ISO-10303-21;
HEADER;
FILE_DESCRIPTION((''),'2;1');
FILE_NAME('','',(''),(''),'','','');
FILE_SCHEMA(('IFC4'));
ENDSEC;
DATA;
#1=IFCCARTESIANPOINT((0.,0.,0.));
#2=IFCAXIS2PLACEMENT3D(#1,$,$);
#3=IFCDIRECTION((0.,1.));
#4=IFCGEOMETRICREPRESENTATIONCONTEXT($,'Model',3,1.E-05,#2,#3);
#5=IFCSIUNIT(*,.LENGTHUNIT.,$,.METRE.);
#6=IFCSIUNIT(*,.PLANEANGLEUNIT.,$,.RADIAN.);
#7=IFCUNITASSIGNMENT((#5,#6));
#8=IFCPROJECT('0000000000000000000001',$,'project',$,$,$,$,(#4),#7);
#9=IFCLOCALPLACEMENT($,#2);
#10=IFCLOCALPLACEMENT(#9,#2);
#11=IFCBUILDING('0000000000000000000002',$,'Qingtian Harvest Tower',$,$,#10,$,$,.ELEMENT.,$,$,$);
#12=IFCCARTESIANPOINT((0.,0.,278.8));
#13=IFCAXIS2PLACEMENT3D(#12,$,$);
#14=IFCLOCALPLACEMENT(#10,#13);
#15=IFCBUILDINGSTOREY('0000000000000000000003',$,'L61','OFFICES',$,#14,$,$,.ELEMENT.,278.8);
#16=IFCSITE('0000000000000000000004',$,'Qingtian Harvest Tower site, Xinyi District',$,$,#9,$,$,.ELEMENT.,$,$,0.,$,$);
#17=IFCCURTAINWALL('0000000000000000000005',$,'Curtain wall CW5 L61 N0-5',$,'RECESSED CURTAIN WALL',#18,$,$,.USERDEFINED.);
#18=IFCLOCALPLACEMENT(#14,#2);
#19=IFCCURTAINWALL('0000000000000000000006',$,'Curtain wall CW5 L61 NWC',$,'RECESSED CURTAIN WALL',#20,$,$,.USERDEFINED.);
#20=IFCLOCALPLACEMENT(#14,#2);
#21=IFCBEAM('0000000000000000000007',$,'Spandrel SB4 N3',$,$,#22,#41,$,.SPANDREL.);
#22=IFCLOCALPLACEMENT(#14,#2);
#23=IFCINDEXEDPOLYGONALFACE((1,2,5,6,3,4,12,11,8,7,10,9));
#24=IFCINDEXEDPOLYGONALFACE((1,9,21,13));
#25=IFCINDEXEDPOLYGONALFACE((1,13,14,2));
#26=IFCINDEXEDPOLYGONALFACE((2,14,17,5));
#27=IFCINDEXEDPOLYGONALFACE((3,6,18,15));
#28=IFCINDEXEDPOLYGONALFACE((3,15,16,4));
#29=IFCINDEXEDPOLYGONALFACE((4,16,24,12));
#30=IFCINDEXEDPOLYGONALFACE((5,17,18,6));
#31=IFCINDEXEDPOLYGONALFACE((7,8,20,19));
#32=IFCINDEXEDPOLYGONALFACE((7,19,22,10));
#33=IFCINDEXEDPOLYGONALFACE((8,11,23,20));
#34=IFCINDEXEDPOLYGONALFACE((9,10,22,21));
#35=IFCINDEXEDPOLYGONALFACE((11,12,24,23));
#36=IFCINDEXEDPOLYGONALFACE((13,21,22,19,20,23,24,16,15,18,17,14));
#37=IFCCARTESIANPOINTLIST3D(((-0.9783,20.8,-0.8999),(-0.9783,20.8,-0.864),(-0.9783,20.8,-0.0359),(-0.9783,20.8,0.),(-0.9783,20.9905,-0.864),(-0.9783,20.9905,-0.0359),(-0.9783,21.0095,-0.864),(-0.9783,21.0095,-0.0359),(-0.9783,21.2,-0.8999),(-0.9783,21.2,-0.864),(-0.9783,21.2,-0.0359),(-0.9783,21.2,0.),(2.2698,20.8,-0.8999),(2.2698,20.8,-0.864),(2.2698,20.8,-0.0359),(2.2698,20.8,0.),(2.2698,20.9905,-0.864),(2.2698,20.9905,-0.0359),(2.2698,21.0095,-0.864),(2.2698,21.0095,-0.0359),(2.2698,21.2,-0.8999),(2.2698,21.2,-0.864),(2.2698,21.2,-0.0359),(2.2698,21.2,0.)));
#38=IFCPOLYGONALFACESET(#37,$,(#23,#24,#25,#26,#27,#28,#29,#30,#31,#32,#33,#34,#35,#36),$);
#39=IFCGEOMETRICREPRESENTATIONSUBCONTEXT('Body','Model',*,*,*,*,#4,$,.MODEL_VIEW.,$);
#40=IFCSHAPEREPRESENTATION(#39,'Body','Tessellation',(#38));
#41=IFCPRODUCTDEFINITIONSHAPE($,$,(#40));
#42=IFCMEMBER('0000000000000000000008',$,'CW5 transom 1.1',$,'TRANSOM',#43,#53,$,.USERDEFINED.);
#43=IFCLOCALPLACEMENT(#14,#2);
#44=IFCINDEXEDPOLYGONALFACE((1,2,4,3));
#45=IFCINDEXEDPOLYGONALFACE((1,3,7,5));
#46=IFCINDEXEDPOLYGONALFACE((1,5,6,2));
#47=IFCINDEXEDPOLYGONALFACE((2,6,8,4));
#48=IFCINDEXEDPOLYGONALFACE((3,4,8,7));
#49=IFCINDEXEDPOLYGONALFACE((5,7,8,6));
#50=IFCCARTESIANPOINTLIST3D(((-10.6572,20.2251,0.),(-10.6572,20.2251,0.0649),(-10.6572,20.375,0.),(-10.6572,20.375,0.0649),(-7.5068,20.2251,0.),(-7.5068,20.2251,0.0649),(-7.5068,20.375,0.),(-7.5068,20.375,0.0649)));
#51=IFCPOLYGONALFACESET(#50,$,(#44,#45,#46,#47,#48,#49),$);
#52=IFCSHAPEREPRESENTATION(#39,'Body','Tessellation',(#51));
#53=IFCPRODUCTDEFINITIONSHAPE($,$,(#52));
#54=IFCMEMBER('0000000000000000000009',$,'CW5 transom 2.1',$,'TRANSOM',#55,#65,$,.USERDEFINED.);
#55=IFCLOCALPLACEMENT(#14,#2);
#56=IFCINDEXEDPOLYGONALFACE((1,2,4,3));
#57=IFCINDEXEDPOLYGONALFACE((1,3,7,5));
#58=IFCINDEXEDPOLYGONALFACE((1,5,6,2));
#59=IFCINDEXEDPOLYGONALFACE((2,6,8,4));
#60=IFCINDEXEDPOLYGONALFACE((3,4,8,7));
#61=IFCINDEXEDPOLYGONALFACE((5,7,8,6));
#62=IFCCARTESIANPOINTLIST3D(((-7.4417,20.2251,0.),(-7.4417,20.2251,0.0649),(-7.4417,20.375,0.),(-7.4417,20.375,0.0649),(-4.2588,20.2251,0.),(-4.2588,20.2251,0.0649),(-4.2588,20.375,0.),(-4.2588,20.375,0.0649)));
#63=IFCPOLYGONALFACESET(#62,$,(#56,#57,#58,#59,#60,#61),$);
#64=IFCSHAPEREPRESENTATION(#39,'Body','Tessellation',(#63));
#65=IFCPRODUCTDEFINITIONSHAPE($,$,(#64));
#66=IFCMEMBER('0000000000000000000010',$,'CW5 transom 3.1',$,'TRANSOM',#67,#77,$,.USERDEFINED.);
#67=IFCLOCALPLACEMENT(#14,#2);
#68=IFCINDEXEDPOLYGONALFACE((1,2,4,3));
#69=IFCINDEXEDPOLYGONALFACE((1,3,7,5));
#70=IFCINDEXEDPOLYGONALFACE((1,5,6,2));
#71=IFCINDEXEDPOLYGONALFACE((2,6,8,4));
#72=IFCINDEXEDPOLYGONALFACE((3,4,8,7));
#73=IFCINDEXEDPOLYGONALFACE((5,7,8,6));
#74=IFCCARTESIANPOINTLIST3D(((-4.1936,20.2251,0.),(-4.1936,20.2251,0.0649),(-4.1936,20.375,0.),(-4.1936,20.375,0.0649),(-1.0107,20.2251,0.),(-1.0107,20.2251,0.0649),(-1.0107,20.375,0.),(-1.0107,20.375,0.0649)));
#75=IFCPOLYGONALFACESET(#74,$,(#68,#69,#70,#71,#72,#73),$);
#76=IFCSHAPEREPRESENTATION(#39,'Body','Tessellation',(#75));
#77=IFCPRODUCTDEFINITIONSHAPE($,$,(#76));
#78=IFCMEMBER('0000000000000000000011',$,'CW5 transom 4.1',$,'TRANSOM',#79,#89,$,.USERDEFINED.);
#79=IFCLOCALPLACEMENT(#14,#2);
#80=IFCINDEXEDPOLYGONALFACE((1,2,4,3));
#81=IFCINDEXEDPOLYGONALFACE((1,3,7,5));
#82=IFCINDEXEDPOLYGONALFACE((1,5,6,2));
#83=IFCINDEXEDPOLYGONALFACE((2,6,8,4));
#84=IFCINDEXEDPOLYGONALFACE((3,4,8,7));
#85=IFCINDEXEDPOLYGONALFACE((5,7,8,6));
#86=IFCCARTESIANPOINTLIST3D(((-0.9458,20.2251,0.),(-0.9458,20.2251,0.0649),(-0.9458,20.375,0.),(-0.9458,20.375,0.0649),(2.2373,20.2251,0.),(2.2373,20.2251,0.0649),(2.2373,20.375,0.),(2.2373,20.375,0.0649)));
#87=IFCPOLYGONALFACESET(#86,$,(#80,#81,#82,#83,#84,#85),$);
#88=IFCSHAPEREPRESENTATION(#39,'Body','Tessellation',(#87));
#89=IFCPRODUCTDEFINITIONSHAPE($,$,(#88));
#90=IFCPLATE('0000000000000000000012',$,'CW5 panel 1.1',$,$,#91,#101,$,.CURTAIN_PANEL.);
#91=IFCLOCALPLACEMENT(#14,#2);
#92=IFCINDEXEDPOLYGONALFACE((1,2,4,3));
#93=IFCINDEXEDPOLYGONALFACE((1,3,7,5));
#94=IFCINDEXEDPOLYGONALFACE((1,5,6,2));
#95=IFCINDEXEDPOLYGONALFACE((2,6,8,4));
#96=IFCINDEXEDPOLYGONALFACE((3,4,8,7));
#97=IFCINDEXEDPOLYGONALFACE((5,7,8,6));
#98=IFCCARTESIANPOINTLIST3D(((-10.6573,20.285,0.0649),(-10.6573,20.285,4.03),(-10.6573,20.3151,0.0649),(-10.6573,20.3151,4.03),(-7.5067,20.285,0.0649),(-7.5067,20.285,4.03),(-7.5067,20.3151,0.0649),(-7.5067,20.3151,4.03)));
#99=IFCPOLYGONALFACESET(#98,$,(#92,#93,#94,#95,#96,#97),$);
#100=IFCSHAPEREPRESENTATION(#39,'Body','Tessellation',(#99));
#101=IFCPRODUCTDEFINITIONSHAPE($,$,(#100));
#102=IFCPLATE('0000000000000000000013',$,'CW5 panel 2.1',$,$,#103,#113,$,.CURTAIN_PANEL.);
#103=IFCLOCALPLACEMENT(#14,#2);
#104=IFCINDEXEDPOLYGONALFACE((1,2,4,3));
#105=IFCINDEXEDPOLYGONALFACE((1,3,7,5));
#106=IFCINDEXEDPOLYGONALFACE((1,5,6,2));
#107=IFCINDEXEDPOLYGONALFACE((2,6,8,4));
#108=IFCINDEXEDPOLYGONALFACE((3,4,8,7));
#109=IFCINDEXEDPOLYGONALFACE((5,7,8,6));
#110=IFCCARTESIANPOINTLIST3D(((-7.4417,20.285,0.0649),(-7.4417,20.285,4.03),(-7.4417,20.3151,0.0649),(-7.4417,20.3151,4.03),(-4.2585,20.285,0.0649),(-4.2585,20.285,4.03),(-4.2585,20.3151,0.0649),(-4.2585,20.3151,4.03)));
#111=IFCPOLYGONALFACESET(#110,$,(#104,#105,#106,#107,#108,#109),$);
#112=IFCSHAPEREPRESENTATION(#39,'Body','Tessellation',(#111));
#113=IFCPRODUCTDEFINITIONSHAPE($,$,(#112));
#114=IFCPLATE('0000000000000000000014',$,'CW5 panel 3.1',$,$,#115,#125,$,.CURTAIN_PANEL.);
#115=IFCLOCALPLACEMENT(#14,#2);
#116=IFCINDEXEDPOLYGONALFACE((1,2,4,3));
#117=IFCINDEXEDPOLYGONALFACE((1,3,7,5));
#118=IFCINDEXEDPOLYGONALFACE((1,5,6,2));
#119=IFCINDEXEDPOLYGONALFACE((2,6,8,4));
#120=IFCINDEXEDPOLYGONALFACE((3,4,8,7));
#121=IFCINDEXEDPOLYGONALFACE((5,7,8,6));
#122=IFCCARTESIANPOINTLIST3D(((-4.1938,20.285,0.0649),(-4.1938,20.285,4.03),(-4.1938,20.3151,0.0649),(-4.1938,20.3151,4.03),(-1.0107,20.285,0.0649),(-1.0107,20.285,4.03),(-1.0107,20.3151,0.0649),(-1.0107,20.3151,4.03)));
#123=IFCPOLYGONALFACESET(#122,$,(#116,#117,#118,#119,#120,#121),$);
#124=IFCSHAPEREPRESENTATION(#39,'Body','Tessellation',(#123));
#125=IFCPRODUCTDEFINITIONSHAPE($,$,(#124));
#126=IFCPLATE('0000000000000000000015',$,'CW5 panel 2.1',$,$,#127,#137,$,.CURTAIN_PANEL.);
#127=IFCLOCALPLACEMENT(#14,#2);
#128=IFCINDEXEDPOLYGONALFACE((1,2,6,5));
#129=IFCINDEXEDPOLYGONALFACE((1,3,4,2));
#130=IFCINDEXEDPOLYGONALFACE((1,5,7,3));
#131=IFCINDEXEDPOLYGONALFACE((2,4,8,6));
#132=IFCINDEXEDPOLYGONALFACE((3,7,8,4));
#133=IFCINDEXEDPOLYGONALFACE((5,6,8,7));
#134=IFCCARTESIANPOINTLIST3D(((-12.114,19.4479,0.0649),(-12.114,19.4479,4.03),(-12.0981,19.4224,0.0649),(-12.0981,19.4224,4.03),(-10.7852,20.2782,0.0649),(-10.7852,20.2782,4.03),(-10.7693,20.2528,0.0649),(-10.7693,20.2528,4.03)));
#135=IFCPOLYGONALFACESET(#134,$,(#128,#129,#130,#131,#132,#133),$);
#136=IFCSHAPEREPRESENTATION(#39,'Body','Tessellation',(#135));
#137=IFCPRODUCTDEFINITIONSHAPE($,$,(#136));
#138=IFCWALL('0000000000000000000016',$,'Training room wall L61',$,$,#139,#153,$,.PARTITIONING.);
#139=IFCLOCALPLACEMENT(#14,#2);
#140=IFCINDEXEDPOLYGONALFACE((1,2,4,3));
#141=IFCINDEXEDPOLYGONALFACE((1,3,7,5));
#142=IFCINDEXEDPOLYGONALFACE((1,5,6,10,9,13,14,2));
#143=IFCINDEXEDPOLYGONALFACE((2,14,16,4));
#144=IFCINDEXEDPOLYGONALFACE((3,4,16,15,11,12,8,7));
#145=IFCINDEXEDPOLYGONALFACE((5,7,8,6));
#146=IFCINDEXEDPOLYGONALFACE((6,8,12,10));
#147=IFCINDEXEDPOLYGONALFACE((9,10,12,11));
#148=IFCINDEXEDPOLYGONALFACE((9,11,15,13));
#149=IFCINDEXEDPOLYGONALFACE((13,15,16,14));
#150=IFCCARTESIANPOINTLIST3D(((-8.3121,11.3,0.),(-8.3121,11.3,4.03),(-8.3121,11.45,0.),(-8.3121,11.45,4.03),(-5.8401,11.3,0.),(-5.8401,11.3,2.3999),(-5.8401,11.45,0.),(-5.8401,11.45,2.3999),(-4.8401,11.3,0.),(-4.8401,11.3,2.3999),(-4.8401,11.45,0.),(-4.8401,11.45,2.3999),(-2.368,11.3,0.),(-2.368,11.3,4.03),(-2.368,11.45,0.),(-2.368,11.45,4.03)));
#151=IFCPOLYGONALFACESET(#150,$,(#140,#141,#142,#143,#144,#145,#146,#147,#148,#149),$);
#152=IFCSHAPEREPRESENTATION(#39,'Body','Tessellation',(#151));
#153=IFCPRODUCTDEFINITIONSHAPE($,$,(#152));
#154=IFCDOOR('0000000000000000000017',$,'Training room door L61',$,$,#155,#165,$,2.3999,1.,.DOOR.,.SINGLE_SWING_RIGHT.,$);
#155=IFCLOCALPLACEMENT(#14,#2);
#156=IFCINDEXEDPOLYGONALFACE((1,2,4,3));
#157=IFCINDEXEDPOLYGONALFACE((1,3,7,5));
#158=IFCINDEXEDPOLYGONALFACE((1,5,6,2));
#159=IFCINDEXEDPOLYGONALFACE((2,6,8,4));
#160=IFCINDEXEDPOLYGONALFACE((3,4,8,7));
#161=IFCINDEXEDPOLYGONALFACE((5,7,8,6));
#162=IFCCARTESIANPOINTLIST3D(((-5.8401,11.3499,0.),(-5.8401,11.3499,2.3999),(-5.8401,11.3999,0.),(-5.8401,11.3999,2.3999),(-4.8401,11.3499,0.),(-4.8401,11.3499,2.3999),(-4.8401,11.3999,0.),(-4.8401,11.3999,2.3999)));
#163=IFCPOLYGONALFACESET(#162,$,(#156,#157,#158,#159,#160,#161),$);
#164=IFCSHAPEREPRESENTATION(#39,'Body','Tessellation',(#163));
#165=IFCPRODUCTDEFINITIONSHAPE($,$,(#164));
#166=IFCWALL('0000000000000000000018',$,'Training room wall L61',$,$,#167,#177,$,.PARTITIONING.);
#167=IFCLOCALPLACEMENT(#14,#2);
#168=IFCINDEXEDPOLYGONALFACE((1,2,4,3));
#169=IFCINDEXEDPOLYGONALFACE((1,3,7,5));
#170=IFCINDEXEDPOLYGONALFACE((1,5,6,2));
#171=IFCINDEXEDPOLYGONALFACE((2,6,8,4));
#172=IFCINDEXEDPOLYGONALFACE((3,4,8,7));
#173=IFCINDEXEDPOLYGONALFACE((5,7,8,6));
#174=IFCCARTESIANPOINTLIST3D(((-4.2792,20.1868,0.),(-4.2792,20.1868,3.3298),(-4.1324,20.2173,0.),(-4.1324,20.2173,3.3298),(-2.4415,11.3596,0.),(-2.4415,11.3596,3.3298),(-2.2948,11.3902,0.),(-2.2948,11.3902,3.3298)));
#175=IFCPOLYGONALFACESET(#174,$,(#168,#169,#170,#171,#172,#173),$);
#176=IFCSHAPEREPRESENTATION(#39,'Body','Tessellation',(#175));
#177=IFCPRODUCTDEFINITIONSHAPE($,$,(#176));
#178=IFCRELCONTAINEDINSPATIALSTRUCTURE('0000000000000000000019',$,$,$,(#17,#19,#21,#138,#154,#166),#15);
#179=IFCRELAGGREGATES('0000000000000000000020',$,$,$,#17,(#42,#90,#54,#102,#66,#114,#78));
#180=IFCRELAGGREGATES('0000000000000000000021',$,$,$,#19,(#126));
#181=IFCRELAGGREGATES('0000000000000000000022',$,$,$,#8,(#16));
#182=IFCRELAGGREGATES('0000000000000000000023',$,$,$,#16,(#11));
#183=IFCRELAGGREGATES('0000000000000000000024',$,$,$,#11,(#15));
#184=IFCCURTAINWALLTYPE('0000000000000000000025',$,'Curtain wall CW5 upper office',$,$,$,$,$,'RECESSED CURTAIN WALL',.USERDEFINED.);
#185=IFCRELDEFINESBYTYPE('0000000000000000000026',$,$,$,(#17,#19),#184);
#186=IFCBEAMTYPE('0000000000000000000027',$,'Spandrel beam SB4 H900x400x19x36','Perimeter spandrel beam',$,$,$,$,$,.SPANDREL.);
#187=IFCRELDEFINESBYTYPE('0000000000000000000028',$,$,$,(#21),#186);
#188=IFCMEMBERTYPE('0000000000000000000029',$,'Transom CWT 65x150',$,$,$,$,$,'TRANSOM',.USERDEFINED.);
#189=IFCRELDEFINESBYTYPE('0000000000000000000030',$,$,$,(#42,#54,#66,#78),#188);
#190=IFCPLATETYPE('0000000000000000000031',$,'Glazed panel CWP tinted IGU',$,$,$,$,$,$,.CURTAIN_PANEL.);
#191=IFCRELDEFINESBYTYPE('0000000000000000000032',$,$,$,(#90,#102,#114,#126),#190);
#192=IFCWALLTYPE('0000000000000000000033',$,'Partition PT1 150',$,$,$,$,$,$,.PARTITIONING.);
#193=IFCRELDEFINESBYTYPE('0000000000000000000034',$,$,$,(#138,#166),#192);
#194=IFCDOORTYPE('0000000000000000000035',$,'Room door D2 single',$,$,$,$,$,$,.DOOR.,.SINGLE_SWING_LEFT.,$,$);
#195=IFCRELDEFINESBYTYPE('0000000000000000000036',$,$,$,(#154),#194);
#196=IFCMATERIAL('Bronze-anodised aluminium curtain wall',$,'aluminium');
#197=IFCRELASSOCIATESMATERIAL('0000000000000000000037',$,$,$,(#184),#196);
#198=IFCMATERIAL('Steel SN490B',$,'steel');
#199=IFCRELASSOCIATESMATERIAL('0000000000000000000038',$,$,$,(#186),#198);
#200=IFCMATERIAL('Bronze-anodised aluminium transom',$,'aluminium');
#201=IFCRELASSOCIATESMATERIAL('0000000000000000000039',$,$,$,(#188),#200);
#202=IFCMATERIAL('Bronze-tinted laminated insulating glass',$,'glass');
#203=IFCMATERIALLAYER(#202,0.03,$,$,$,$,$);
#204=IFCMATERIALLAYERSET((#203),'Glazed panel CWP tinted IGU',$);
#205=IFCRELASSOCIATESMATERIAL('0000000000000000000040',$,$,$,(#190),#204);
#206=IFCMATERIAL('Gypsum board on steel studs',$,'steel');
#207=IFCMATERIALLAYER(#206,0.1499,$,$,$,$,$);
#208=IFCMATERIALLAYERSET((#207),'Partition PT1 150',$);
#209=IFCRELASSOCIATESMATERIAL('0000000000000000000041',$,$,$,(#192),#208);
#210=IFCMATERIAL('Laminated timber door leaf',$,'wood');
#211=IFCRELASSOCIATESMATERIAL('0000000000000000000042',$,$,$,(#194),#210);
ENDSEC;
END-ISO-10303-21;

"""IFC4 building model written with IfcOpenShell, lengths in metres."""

from ifc_helpers import new_model, si_unit, direction, frame, frame_2d, origin, origin_2d, place, context, subcontext, project, spatial, rectangle, i_section, extrude, material, layer, layer_set, material_profile, profile_set, type_object, element, fill, aggregate, save


model = new_model("IFC4")

# Units and contexts
model_context = context("Model", 3, precision=1e-05, world=origin(), true_north=direction((0.0, 1.0)))
body_context = subcontext(model_context, "Body", "Model", "MODEL_VIEW")
ifc_project = project(units=[si_unit("LENGTHUNIT", "METRE"), si_unit("PLANEANGLEUNIT", "RADIAN")], contexts=[model_context])

# Site, building, storey
site_placement = place(None, origin())
site = spatial("IfcSite", under=ifc_project, at=site_placement, Name="Qingtian Harvest Tower site, Xinyi District", CompositionType="ELEMENT", RefElevation=0.0)
building_placement = place(site_placement, origin())
building = spatial("IfcBuilding", under=site, at=building_placement, Name="Qingtian Harvest Tower", CompositionType="ELEMENT")
storey_placement = place(building_placement, frame((0.0, 0.0, 278.8)))
storey = spatial("IfcBuildingStorey", under=building, at=storey_placement, Name="L61", Description="OFFICES", CompositionType="ELEMENT", Elevation=278.8)

# Curtain wall
ifc_material_1 = material(Name="Bronze-anodised aluminium curtain wall", Category="aluminium")
curtain_wall_type = type_object("IfcCurtainWallType", Name="Curtain wall CW5 upper office", ElementType="RECESSED CURTAIN WALL", PredefinedType="USERDEFINED", material=ifc_material_1)
curtain_wall_1_placement = place(storey_placement, origin())
curtain_wall_1 = element("IfcCurtainWall", 1, at=curtain_wall_1_placement, inside=storey, type_object=curtain_wall_type, Name="Curtain wall CW5 L61 N0-5", ObjectType="RECESSED CURTAIN WALL", PredefinedType="USERDEFINED")

# Curtain wall
curtain_wall_2_placement = place(storey_placement, origin())
curtain_wall_2 = element("IfcCurtainWall", 2, at=curtain_wall_2_placement, inside=storey, type_object=curtain_wall_type, Name="Curtain wall CW5 L61 NWC", ObjectType="RECESSED CURTAIN WALL", PredefinedType="USERDEFINED")

# Beam
ifc_material_2 = material(Name="Steel SN490B", Category="steel")
ifc_material_profile_1 = material_profile(ifc_material_2, i_section(OverallWidth=0.3999, OverallDepth=0.8999, WebThickness=0.019, FlangeThickness=0.0359, at=origin_2d()), Name="H900x400x19x36")
ifc_profile_set_1 = profile_set([ifc_material_profile_1], Name="Steel SN490B")
beam_type_1 = type_object("IfcBeamType", Name="Spandrel beam SB4 H900x400x19x36", Description="Perimeter spandrel beam", PredefinedType="SPANDREL", material=ifc_profile_set_1)
for number, where, z_axis, x_axis, name in (
    (3, (-0.9783, 21.0, -0.45), (1.0, 0.0, 0.0), (0.0, 1.0, 0.0), "Spandrel SB4 N3"),
):
    element("IfcBeam", number, at=place(storey_placement, frame(where, z_axis=z_axis, x_axis=x_axis)), inside=storey, type_object=beam_type_1, Name=name, PredefinedType="SPANDREL", context=body_context, shape_type="SweptSolid", body=[
        extrude(i_section(OverallWidth=0.3999, OverallDepth=0.8999, WebThickness=0.019, FlangeThickness=0.0359, at=origin_2d()), origin(), (0.0, 0.0, 1.0), 3.248),
    ])

# Members
ifc_material_3 = material(Name="Bronze-anodised aluminium transom", Category="aluminium")
ifc_material_profile_2 = material_profile(ifc_material_3, rectangle(XDim=0.1499, YDim=0.0649, at=origin_2d()), Name="AL 65x150")
ifc_profile_set_2 = profile_set([ifc_material_profile_2], Name="Bronze-anodised aluminium transom")
member_type_1 = type_object("IfcMemberType", Name="Transom CWT 65x150", ElementType="TRANSOM", PredefinedType="USERDEFINED", material=ifc_profile_set_2)
member_1_placement = place(storey_placement, frame((-10.6572, 20.3, 0.0325), z_axis=(1.0, 0.0, 0.0), x_axis=(0.0, 1.0, 0.0)))
member_1 = element("IfcMember", 4, at=member_1_placement, type_object=member_type_1, Name="CW5 transom 1.1", ObjectType="TRANSOM", PredefinedType="USERDEFINED", context=body_context, shape_type="SweptSolid", body=[
    extrude(rectangle(XDim=0.1499, YDim=0.0649, at=origin_2d()), origin(), (0.0, 0.0, 1.0), 3.1504),
])
member_2_placement = place(storey_placement, frame((-7.4417, 20.3, 0.0325), z_axis=(1.0, 0.0, 0.0), x_axis=(0.0, 1.0, 0.0)))
member_2 = element("IfcMember", 5, at=member_2_placement, type_object=member_type_1, Name="CW5 transom 2.1", ObjectType="TRANSOM", PredefinedType="USERDEFINED", context=body_context, shape_type="SweptSolid", body=[
    extrude(rectangle(XDim=0.1499, YDim=0.0649, at=origin_2d()), origin(), (0.0, 0.0, 1.0), 3.1829),
])
member_3_placement = place(storey_placement, frame((-4.1936, 20.3, 0.0325), z_axis=(1.0, 0.0, 0.0), x_axis=(0.0, 1.0, 0.0)))
member_3 = element("IfcMember", 6, at=member_3_placement, type_object=member_type_1, Name="CW5 transom 3.1", ObjectType="TRANSOM", PredefinedType="USERDEFINED", context=body_context, shape_type="SweptSolid", body=[
    extrude(rectangle(XDim=0.1499, YDim=0.0649, at=origin_2d()), origin(), (0.0, 0.0, 1.0), 3.1829),
])
member_4_placement = place(storey_placement, frame((-0.9458, 20.3, 0.0325), z_axis=(1.0, 0.0, 0.0), x_axis=(0.0, 1.0, 0.0)))
member_4 = element("IfcMember", 7, at=member_4_placement, type_object=member_type_1, Name="CW5 transom 4.1", ObjectType="TRANSOM", PredefinedType="USERDEFINED", context=body_context, shape_type="SweptSolid", body=[
    extrude(rectangle(XDim=0.1499, YDim=0.0649, at=origin_2d()), origin(), (0.0, 0.0, 1.0), 3.1831),
])

# Plates
ifc_material_4 = material(Name="Bronze-tinted laminated insulating glass", Category="glass")
ifc_layer_1 = layer(ifc_material_4, 0.03)
ifc_layer_set_1 = layer_set([ifc_layer_1], Name="Glazed panel CWP tinted IGU")
plate_type = type_object("IfcPlateType", Name="Glazed panel CWP tinted IGU", PredefinedType="CURTAIN_PANEL", material=ifc_layer_set_1)
plate_1_placement = place(storey_placement, frame((-9.082, 20.3, 0.0649), z_axis=(0.0, 0.0, 1.0), x_axis=(1.0, 0.0, 0.0)))
plate_1 = element("IfcPlate", 8, at=plate_1_placement, type_object=plate_type, Name="CW5 panel 1.1", PredefinedType="CURTAIN_PANEL", context=body_context, shape_type="SweptSolid", body=[
    extrude(rectangle(XDim=3.1506, YDim=0.03, at=origin_2d()), origin(), (0.0, 0.0, 1.0), 3.9651),
])
plate_2_placement = place(storey_placement, frame((-5.8501, 20.3, 0.0649), z_axis=(0.0, 0.0, 1.0), x_axis=(1.0, 0.0, 0.0)))
plate_2 = element("IfcPlate", 9, at=plate_2_placement, type_object=plate_type, Name="CW5 panel 2.1", PredefinedType="CURTAIN_PANEL", context=body_context, shape_type="SweptSolid", body=[
    extrude(rectangle(XDim=3.1831, YDim=0.03, at=origin_2d()), origin(), (0.0, 0.0, 1.0), 3.9651),
])
plate_3_placement = place(storey_placement, frame((-2.6023, 20.3, 0.0649), z_axis=(0.0, 0.0, 1.0), x_axis=(1.0, 0.0, 0.0)))
plate_3 = element("IfcPlate", 10, at=plate_3_placement, type_object=plate_type, Name="CW5 panel 3.1", PredefinedType="CURTAIN_PANEL", context=body_context, shape_type="SweptSolid", body=[
    extrude(rectangle(XDim=3.1831, YDim=0.03, at=origin_2d()), origin(), (0.0, 0.0, 1.0), 3.9651),
])
aggregate(curtain_wall_1, [member_1, plate_1, member_2, plate_2, member_3, plate_3, member_4])
plate_4_placement = place(storey_placement, frame((-11.4417, 19.8503, 0.0649), z_axis=(0.0, 0.0, 1.0), x_axis=(0.848048, 0.529919, 0.0)))
plate_4 = element("IfcPlate", 11, at=plate_4_placement, type_object=plate_type, Name="CW5 panel 2.1", PredefinedType="CURTAIN_PANEL", context=body_context, shape_type="SweptSolid", body=[
    extrude(rectangle(XDim=1.5669, YDim=0.03, at=origin_2d()), origin(), (0.0, 0.0, 1.0), 3.9651),
])
aggregate(curtain_wall_2, [plate_4])

# Wall, opening, door
ifc_material_5 = material(Name="Gypsum board on steel studs", Category="steel")
ifc_layer_2 = layer(ifc_material_5, 0.1499)
ifc_layer_set_2 = layer_set([ifc_layer_2], Name="Partition PT1 150")
wall_type = type_object("IfcWallType", Name="Partition PT1 150", PredefinedType="PARTITIONING", material=ifc_layer_set_2)
wall_1_placement = place(storey_placement, frame((-8.3123, 11.375, 0.0), z_axis=(0.0, 0.0, 1.0), x_axis=(1.0, 0.0, 0.0)))
wall_1 = element("IfcWall", 12, at=wall_1_placement, inside=storey, type_object=wall_type, Name="Training room wall L61", PredefinedType="PARTITIONING", context=body_context, shape_type="SweptSolid", body=[
    extrude(rectangle(XDim=5.9441, YDim=0.1499, at=frame_2d((2.9722, 0.0))), origin(), (0.0, 0.0, 1.0), 4.03),
])
opening_1_placement = place(wall_1_placement, frame((2.4722, 0.0, 0.0)))
opening_1 = element("IfcOpeningElement", 13, at=opening_1_placement, cuts=wall_1, PredefinedType="OPENING", context=body_context, shape_type="SweptSolid", body=[
    extrude(rectangle(XDim=1.0, YDim=2.3999, at=frame_2d((0.5, 1.2))), frame((0.0, 0.085, 0.0), z_axis=(0.0, -1.0, 0.0), x_axis=(1.0, 0.0, 0.0)), (0.0, 0.0, 1.0), 0.1699),
])
ifc_material_6 = material(Name="Laminated timber door leaf", Category="wood")
door_type = type_object("IfcDoorType", Name="Room door D2 single", OperationType="SINGLE_SWING_LEFT", PredefinedType="DOOR", material=ifc_material_6)
door_1_placement = place(opening_1_placement, origin())
door_1 = element("IfcDoor", 14, at=door_1_placement, inside=storey, type_object=door_type, Name="Training room door L61", OperationType="SINGLE_SWING_RIGHT", OverallHeight=2.3999, OverallWidth=1.0, PredefinedType="DOOR", context=body_context, shape_type="SweptSolid", body=[
    extrude(rectangle(XDim=1.0, YDim=2.3999, at=frame_2d((0.5, 1.2))), frame((0.0, 0.0249, 0.0), z_axis=(0.0, -1.0, 0.0), x_axis=(1.0, 0.0, 0.0)), (0.0, 0.0, 1.0), 0.05),
])
fill(opening_1, door_1)

# Wall
wall_2_placement = place(storey_placement, frame((-4.2058, 20.2021, 0.0), z_axis=(0.0, 0.0, 1.0), x_axis=(0.203812, -0.97901, 0.0)))
element("IfcWall", 15, at=wall_2_placement, inside=storey, type_object=wall_type, Name="Training room wall L61", PredefinedType="PARTITIONING", context=body_context, shape_type="SweptSolid", body=[
    extrude(rectangle(XDim=9.0164, YDim=0.1499, at=frame_2d((4.5083, 0.0))), origin(), (0.0, 0.0, 1.0), 3.3298),
])

save(model, "model.ifc")
